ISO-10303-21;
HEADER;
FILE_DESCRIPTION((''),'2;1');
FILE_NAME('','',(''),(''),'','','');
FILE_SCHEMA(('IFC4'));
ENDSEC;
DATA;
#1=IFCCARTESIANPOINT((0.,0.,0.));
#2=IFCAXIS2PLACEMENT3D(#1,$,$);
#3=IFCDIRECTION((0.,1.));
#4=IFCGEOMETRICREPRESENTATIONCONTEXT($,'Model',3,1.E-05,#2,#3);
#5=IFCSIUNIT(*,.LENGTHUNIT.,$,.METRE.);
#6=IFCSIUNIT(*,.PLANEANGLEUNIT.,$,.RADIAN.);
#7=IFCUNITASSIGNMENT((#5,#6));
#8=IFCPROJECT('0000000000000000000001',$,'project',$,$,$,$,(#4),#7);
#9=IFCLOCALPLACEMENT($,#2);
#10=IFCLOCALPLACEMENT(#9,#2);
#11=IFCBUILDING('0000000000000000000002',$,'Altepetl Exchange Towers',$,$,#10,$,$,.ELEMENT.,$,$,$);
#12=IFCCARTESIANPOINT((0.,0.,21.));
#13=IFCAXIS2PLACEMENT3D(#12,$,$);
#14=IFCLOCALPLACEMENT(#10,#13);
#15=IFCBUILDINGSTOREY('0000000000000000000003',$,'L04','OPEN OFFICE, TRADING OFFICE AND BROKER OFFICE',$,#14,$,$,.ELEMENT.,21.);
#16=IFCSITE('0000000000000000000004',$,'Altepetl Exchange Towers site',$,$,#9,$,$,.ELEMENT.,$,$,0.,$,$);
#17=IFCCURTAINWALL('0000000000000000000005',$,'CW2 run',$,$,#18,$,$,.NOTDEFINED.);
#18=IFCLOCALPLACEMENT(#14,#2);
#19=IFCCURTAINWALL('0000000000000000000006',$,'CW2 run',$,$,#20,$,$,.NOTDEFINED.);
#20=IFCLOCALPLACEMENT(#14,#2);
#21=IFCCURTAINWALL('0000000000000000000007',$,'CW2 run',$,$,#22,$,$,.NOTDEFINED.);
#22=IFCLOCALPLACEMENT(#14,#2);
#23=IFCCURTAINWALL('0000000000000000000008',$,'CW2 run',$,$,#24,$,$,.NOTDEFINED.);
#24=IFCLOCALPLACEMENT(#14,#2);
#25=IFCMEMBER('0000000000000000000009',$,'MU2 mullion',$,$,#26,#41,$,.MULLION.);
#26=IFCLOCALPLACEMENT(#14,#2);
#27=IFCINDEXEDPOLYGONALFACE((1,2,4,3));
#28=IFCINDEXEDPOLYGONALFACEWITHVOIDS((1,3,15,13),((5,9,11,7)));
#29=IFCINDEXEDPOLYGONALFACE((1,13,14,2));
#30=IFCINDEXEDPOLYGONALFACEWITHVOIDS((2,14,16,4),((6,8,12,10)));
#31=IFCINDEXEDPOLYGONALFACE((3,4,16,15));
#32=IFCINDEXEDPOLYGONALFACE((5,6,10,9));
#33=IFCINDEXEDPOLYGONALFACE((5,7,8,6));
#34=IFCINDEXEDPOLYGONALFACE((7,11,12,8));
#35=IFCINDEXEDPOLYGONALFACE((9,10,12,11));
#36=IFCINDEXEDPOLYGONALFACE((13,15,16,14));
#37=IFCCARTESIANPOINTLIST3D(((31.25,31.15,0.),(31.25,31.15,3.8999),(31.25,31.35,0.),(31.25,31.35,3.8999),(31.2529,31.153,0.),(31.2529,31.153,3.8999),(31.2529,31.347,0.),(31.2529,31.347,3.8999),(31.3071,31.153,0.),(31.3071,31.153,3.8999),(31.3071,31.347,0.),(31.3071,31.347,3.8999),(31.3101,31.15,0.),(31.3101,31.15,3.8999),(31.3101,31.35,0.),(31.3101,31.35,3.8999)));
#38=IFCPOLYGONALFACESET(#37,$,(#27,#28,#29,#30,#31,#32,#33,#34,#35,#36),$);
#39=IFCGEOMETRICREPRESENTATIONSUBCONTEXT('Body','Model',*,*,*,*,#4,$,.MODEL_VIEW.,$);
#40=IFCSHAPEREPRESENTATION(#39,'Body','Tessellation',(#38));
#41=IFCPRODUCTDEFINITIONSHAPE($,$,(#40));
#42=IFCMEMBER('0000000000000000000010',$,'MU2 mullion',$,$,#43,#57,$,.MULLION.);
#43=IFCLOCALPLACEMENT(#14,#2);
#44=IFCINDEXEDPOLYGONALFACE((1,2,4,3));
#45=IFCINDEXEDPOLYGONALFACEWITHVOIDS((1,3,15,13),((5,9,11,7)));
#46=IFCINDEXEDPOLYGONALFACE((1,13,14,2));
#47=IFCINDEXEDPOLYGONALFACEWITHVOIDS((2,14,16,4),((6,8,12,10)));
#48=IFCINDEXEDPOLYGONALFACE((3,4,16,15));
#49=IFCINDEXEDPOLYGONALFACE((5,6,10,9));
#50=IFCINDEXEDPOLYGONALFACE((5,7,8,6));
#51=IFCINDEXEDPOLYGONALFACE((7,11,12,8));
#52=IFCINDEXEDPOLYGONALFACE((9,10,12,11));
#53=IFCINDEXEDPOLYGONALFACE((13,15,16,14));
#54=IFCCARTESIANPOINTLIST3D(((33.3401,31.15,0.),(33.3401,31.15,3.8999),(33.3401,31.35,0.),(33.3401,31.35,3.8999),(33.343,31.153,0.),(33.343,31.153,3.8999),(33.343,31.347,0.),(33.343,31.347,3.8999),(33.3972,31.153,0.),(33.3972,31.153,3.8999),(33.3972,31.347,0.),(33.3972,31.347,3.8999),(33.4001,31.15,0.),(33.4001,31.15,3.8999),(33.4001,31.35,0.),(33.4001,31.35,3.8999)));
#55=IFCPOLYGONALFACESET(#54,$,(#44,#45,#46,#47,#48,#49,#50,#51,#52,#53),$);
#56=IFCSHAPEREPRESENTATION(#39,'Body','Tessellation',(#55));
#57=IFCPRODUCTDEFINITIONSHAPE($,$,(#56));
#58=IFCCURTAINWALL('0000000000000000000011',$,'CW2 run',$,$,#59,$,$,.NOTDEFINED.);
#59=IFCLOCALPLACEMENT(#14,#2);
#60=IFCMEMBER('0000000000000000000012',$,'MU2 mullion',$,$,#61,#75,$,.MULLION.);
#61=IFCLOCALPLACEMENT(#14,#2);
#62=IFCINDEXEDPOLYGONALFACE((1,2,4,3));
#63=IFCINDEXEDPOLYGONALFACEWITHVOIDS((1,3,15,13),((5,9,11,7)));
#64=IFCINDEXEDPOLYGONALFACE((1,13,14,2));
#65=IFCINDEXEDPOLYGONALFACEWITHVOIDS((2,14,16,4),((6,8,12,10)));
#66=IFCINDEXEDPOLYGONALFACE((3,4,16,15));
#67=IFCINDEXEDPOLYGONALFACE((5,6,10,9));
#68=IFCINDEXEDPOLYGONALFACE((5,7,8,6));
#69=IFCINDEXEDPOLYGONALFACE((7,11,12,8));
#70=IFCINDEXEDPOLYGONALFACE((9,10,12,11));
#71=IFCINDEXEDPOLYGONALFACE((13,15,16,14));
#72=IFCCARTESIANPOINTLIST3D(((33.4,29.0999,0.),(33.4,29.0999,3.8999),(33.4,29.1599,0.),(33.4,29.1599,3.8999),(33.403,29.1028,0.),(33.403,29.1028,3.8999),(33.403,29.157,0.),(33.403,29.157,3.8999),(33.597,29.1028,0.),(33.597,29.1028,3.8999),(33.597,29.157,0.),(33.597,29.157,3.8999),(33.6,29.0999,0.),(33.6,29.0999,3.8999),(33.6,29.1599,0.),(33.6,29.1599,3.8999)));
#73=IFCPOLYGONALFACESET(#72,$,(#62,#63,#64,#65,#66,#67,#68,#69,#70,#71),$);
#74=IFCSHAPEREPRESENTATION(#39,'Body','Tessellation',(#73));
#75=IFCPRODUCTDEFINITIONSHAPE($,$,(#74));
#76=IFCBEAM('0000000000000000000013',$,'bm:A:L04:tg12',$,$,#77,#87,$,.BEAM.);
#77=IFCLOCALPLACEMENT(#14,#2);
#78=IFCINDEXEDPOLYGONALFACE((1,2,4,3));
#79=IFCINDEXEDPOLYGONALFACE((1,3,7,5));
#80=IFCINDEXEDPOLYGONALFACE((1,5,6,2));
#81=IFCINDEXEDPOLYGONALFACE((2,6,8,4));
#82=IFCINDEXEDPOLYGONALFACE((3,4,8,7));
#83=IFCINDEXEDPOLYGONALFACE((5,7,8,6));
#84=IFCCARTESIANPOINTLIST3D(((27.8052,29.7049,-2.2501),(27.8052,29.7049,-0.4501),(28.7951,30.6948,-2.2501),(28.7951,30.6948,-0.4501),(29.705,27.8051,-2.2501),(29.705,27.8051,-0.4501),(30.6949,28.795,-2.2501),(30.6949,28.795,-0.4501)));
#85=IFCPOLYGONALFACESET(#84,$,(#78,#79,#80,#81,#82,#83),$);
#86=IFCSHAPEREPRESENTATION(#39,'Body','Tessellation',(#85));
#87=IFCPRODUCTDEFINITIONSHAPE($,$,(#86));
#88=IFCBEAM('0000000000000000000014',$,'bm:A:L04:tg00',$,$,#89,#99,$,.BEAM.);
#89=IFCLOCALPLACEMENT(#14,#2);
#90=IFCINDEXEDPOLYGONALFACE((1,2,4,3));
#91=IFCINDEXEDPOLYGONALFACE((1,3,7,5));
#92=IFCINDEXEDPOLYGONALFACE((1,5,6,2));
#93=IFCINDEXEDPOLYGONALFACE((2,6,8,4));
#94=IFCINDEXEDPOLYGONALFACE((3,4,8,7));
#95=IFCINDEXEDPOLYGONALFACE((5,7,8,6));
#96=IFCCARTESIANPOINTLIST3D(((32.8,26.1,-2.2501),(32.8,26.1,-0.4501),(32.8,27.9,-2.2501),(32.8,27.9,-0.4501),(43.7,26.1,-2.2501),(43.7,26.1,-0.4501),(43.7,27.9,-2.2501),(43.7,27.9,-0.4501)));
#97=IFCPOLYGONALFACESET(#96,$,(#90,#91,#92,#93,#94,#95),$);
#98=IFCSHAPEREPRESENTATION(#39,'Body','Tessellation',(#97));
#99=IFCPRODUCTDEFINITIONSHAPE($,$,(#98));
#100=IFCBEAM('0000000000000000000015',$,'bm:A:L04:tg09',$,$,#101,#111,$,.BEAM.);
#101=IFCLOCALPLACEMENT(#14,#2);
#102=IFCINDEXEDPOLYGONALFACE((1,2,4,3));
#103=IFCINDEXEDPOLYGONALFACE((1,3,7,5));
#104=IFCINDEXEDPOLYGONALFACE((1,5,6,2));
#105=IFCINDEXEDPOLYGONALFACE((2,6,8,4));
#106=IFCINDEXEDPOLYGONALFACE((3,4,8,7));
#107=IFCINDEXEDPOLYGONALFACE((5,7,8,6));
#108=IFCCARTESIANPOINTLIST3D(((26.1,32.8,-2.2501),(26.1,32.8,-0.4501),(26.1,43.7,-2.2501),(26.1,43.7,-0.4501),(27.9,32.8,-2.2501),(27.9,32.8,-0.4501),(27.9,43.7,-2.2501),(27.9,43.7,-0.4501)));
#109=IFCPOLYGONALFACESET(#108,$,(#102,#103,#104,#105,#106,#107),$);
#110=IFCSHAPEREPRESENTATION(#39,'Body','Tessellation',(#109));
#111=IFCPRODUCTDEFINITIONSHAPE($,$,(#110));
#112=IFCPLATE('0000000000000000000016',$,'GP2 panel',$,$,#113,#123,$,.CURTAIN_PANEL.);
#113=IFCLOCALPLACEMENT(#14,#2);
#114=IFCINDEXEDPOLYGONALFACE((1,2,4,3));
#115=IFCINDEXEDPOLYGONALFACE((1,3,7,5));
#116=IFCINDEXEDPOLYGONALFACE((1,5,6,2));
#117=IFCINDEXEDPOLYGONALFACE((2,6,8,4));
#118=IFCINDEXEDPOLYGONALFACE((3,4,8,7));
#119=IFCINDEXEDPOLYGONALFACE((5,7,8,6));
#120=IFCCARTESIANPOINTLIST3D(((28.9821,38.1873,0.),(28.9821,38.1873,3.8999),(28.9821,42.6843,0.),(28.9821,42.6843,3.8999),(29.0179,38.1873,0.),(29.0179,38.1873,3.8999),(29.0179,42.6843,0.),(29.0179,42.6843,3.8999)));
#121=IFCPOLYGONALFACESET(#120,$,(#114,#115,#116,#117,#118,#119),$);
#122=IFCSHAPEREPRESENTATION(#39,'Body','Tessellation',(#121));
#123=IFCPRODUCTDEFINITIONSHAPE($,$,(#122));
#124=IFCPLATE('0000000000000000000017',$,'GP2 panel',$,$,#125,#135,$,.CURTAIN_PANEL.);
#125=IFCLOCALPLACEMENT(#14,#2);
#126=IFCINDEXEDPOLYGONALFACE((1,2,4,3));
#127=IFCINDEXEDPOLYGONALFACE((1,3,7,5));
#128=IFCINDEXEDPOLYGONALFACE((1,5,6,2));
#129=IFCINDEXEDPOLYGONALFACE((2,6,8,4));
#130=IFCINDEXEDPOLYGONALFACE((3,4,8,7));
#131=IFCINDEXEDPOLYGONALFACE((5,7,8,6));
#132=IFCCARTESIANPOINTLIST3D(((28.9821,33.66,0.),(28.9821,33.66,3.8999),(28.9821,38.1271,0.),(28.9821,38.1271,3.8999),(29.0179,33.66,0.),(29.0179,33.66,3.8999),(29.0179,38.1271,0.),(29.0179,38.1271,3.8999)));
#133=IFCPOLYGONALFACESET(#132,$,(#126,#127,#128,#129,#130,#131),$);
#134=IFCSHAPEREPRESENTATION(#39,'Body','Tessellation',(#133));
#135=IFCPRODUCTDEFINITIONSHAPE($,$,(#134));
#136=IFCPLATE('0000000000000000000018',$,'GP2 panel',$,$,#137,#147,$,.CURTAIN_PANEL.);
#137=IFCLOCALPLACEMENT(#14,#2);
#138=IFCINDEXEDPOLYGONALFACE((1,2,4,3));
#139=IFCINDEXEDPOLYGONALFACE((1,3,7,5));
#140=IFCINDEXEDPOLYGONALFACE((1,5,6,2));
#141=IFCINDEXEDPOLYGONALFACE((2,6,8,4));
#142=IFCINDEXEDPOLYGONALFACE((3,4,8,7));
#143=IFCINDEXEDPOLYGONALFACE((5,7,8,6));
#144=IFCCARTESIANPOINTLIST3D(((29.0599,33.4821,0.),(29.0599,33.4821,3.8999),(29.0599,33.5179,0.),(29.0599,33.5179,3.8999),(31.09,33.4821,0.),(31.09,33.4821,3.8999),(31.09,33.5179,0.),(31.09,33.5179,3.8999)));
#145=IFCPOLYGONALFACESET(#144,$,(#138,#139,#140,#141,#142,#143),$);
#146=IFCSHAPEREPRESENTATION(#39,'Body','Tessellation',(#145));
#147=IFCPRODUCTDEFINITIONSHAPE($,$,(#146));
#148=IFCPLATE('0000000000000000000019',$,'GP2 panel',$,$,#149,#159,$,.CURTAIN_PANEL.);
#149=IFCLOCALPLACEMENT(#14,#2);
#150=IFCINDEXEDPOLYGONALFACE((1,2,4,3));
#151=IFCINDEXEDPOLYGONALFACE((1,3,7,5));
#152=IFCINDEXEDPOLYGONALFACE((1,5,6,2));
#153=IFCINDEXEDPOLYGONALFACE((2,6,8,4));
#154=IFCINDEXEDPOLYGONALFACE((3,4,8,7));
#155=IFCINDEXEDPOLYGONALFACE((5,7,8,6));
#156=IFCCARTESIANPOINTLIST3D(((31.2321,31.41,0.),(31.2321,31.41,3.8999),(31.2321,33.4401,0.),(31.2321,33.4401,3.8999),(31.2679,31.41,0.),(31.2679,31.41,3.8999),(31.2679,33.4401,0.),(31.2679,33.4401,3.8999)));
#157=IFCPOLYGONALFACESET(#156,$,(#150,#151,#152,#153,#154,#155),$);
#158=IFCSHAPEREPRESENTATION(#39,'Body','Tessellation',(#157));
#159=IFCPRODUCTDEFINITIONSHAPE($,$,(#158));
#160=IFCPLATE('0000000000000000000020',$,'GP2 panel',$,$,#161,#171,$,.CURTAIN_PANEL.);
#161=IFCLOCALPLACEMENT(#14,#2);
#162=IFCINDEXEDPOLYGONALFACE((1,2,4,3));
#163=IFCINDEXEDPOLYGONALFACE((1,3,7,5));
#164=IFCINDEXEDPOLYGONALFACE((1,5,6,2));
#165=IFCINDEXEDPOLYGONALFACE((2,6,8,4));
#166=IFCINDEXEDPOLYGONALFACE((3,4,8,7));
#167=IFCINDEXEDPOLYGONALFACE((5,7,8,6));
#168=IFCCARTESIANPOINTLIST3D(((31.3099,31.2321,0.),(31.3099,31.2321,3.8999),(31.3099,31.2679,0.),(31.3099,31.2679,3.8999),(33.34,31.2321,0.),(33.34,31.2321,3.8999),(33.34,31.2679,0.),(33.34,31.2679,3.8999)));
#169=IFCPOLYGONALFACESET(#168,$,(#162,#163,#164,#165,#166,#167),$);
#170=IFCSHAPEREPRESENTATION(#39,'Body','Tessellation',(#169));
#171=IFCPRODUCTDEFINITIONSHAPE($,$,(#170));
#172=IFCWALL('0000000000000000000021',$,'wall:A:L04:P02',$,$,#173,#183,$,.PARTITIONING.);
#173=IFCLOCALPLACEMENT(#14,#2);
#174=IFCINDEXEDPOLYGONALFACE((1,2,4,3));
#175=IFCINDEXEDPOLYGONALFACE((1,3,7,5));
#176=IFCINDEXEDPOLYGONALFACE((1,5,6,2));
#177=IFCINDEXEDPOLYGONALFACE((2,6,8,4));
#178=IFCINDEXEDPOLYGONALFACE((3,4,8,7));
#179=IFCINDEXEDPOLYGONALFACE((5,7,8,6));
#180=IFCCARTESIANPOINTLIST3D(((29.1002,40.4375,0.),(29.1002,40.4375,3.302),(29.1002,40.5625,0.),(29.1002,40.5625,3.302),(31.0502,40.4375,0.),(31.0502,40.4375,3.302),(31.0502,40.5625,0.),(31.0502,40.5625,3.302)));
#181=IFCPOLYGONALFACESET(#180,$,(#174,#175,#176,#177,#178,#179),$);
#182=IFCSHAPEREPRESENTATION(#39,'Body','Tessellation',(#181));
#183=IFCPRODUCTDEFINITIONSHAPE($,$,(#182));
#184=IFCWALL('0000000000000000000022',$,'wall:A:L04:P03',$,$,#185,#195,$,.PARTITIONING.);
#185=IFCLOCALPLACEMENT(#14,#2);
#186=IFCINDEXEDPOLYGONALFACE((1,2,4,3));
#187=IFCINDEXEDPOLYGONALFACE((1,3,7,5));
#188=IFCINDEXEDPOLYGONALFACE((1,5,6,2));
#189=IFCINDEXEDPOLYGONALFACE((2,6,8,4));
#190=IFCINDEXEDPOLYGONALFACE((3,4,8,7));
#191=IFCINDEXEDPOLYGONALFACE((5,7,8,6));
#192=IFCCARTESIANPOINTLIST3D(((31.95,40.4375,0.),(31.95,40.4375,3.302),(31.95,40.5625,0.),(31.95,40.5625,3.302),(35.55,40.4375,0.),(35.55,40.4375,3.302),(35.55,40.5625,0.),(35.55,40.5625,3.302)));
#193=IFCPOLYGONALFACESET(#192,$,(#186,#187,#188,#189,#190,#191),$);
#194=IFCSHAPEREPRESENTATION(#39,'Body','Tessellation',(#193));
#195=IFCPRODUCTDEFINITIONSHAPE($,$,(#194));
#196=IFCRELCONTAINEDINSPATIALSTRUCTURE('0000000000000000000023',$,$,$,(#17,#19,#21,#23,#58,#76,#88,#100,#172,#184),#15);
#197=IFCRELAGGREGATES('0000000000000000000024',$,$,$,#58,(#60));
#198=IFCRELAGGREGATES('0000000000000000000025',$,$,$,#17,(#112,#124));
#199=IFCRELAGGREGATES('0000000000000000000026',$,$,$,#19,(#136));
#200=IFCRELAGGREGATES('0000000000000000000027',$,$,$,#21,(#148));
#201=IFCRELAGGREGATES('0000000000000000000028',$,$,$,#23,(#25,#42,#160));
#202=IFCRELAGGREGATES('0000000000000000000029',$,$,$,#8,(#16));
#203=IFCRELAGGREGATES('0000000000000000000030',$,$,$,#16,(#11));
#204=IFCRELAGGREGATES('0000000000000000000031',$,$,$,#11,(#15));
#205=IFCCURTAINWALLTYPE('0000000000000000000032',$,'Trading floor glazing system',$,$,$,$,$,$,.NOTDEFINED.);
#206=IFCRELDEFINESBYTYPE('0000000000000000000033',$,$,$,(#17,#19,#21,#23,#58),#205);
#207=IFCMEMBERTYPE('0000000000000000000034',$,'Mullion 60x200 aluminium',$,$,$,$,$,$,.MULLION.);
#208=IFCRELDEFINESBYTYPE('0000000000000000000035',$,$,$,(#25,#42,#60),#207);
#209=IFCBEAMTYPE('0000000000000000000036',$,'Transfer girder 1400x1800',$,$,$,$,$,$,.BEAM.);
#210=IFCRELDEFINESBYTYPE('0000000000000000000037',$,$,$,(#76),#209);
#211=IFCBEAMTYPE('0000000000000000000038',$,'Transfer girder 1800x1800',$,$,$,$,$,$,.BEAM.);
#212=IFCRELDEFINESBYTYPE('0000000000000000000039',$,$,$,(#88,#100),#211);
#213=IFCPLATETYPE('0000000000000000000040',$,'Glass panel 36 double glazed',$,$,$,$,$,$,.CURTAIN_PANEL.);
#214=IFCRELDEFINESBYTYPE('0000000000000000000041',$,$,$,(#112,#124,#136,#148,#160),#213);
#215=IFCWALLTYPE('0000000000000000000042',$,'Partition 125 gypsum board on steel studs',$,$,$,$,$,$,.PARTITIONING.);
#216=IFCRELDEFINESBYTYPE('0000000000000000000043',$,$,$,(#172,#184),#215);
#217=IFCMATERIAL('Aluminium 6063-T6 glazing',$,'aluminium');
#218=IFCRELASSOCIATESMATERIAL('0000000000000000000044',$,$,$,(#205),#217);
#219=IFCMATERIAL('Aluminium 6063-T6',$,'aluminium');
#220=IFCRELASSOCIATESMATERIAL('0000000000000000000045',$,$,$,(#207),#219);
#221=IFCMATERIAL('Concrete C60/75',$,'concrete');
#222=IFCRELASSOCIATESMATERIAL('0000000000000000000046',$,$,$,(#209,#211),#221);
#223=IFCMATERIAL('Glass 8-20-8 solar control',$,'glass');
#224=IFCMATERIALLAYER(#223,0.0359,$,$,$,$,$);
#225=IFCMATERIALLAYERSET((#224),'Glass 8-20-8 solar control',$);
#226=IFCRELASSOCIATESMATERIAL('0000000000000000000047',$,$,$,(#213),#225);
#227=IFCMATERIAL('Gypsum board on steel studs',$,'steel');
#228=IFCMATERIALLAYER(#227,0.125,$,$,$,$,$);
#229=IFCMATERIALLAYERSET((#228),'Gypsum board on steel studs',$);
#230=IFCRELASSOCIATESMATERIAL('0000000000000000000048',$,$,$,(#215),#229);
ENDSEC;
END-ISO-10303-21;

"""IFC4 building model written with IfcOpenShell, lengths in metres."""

from ifc_helpers import new_model, si_unit, direction, frame, frame_2d, origin, origin_2d, place, context, subcontext, project, spatial, rectangle, hollow_rectangle, extrude, material, layer, layer_set, material_profile, profile_set, type_object, element, aggregate, save


model = new_model("IFC4")

# Units and contexts
model_context = context("Model", 3, precision=1e-05, world=origin(), true_north=direction((0.0, 1.0)))
body_context = subcontext(model_context, "Body", "Model", "MODEL_VIEW")
ifc_project = project(units=[si_unit("LENGTHUNIT", "METRE"), si_unit("PLANEANGLEUNIT", "RADIAN")], contexts=[model_context])

# Site, building, storey
site_placement = place(None, origin())
site = spatial("IfcSite", under=ifc_project, at=site_placement, Name="Altepetl Exchange Towers site", CompositionType="ELEMENT", RefElevation=0.0)
building_placement = place(site_placement, origin())
building = spatial("IfcBuilding", under=site, at=building_placement, Name="Altepetl Exchange Towers", CompositionType="ELEMENT")
storey_placement = place(building_placement, frame((0.0, 0.0, 21.0)))
storey = spatial("IfcBuildingStorey", under=building, at=storey_placement, Name="L04", Description="OPEN OFFICE, TRADING OFFICE AND BROKER OFFICE", CompositionType="ELEMENT", Elevation=21.0)

# Curtain walls, members
ifc_material_1 = material(Name="Aluminium 6063-T6 glazing", Category="aluminium")
curtain_wall_type = type_object("IfcCurtainWallType", Name="Trading floor glazing system", PredefinedType="NOTDEFINED", material=ifc_material_1)
curtain_wall_1_placement = place(storey_placement, origin())
curtain_wall_1 = element("IfcCurtainWall", 1, at=curtain_wall_1_placement, inside=storey, type_object=curtain_wall_type, Name="CW2 run", PredefinedType="NOTDEFINED")
ifc_material_2 = material(Name="Aluminium 6063-T6", Category="aluminium")
ifc_material_profile_1 = material_profile(ifc_material_2, hollow_rectangle(XDim=0.0601, YDim=0.2, WallThickness=0.0029, at=origin_2d()), Name="Mullion 60x200 aluminium")
ifc_profile_set_1 = profile_set([ifc_material_profile_1], Name="Aluminium 6063-T6")
member_type = type_object("IfcMemberType", Name="Mullion 60x200 aluminium", PredefinedType="MULLION", material=ifc_profile_set_1)
curtain_wall_2_placement = place(storey_placement, origin())
curtain_wall_2 = element("IfcCurtainWall", 2, at=curtain_wall_2_placement, inside=storey, type_object=curtain_wall_type, Name="CW2 run", PredefinedType="NOTDEFINED")
curtain_wall_3_placement = place(storey_placement, origin())
curtain_wall_3 = element("IfcCurtainWall", 3, at=curtain_wall_3_placement, inside=storey, type_object=curtain_wall_type, Name="CW2 run", PredefinedType="NOTDEFINED")
curtain_wall_4_placement = place(storey_placement, origin())
curtain_wall_4 = element("IfcCurtainWall", 4, at=curtain_wall_4_placement, inside=storey, type_object=curtain_wall_type, Name="CW2 run", PredefinedType="NOTDEFINED")
member_1_placement = place(storey_placement, frame((31.28, 31.25, 0.0)))
member_1 = element("IfcMember", 5, at=member_1_placement, type_object=member_type, Name="MU2 mullion", PredefinedType="MULLION", context=body_context, shape_type="SweptSolid", body=[
    extrude(hollow_rectangle(XDim=0.0601, YDim=0.2, WallThickness=0.0029, at=origin_2d()), origin(), (0.0, 0.0, 1.0), 3.8999),
])
member_2_placement = place(storey_placement, frame((33.3701, 31.25, 0.0)))
member_2 = element("IfcMember", 6, at=member_2_placement, type_object=member_type, Name="MU2 mullion", PredefinedType="MULLION", context=body_context, shape_type="SweptSolid", body=[
    extrude(hollow_rectangle(XDim=0.0601, YDim=0.2, WallThickness=0.0029, at=origin_2d()), origin(), (0.0, 0.0, 1.0), 3.8999),
])

# Curtain wall, member
curtain_wall_5_placement = place(storey_placement, origin())
curtain_wall_5 = element("IfcCurtainWall", 7, at=curtain_wall_5_placement, inside=storey, type_object=curtain_wall_type, Name="CW2 run", PredefinedType="NOTDEFINED")
member_3_placement = place(storey_placement, frame((33.5, 29.1299, 0.0), z_axis=(0.0, 0.0, 1.0), x_axis=(0.0, -1.0, 0.0)))
member_3 = element("IfcMember", 8, at=member_3_placement, type_object=member_type, Name="MU2 mullion", PredefinedType="MULLION", context=body_context, shape_type="SweptSolid", body=[
    extrude(hollow_rectangle(XDim=0.0601, YDim=0.2, WallThickness=0.0029, at=origin_2d()), origin(), (0.0, 0.0, 1.0), 3.8999),
])
aggregate(curtain_wall_5, [member_3])

# Beams
ifc_material_3 = material(Name="Concrete C60/75", Category="concrete")
ifc_material_profile_2 = material_profile(ifc_material_3, rectangle(XDim=1.3999, YDim=1.8, at=origin_2d()), Name="1400 x 1800")
ifc_profile_set_2 = profile_set([ifc_material_profile_2], Name="Concrete C60/75")
beam_type_1 = type_object("IfcBeamType", Name="Transfer girder 1400x1800", PredefinedType="BEAM", material=ifc_profile_set_2)
beam_placement = place(storey_placement, frame((30.2, 28.3, -1.3501), z_axis=(-0.707107, 0.707107, 0.0), x_axis=(-0.707107, -0.707107, 0.0)))
element("IfcBeam", 9, at=beam_placement, inside=storey, type_object=beam_type_1, Name="bm:A:L04:tg12", PredefinedType="BEAM", context=body_context, shape_type="SweptSolid", body=[
    extrude(rectangle(XDim=1.3999, YDim=1.8, at=origin_2d()), origin(), (0.0, 0.0, 1.0), 2.6868),
])
ifc_material_profile_3 = material_profile(ifc_material_3, rectangle(XDim=1.8, YDim=1.8, at=origin_2d()), Name="1800 x 1800")
ifc_profile_set_3 = profile_set([ifc_material_profile_3], Name="Concrete C60/75")
beam_type_2 = type_object("IfcBeamType", Name="Transfer girder 1800x1800", PredefinedType="BEAM", material=ifc_profile_set_3)
for number, where, z_axis, x_axis, name in (
    (10, (32.8, 27.0, -1.3501), (1.0, 0.0, 0.0), (0.0, 1.0, 0.0), "bm:A:L04:tg00"),
    (11, (27.0, 32.8, -1.3501), (0.0, 1.0, 0.0), (-1.0, 0.0, 0.0), "bm:A:L04:tg09"),
):
    element("IfcBeam", number, at=place(storey_placement, frame(where, z_axis=z_axis, x_axis=x_axis)), inside=storey, type_object=beam_type_2, Name=name, PredefinedType="BEAM", context=body_context, shape_type="SweptSolid", body=[
        extrude(rectangle(XDim=1.8, YDim=1.8, at=origin_2d()), origin(), (0.0, 0.0, 1.0), 10.8999),
    ])

# Plates
ifc_material_4 = material(Name="Glass 8-20-8 solar control", Category="glass")
ifc_layer_1 = layer(ifc_material_4, 0.0359)
ifc_layer_set_1 = layer_set([ifc_layer_1], Name="Glass 8-20-8 solar control")
plate_type = type_object("IfcPlateType", Name="Glass panel 36 double glazed", PredefinedType="CURTAIN_PANEL", material=ifc_layer_set_1)
plate_1_placement = place(storey_placement, frame((29.0, 40.4358, 0.0), z_axis=(0.0, 0.0, 1.0), x_axis=(0.0, -1.0, 0.0)))
plate_1 = element("IfcPlate", 12, at=plate_1_placement, type_object=plate_type, Name="GP2 panel", PredefinedType="CURTAIN_PANEL", context=body_context, shape_type="SweptSolid", body=[
    extrude(rectangle(XDim=4.4971, YDim=0.0359, at=origin_2d()), origin(), (0.0, 0.0, 1.0), 3.8999),
])
plate_2_placement = place(storey_placement, frame((29.0, 35.8936, 0.0), z_axis=(0.0, 0.0, 1.0), x_axis=(0.0, -1.0, 0.0)))
plate_2 = element("IfcPlate", 13, at=plate_2_placement, type_object=plate_type, Name="GP2 panel", PredefinedType="CURTAIN_PANEL", context=body_context, shape_type="SweptSolid", body=[
    extrude(rectangle(XDim=4.467, YDim=0.0359, at=origin_2d()), origin(), (0.0, 0.0, 1.0), 3.8999),
])
aggregate(curtain_wall_1, [plate_1, plate_2])
plate_3_placement = place(storey_placement, frame((30.075, 33.5, 0.0)))
plate_3 = element("IfcPlate", 14, at=plate_3_placement, type_object=plate_type, Name="GP2 panel", PredefinedType="CURTAIN_PANEL", context=body_context, shape_type="SweptSolid", body=[
    extrude(rectangle(XDim=2.03, YDim=0.0359, at=origin_2d()), origin(), (0.0, 0.0, 1.0), 3.8999),
])
aggregate(curtain_wall_2, [plate_3])
plate_4_placement = place(storey_placement, frame((31.25, 32.425, 0.0), z_axis=(0.0, 0.0, 1.0), x_axis=(0.0, -1.0, 0.0)))
plate_4 = element("IfcPlate", 15, at=plate_4_placement, type_object=plate_type, Name="GP2 panel", PredefinedType="CURTAIN_PANEL", context=body_context, shape_type="SweptSolid", body=[
    extrude(rectangle(XDim=2.03, YDim=0.0359, at=origin_2d()), origin(), (0.0, 0.0, 1.0), 3.8999),
])
aggregate(curtain_wall_3, [plate_4])
plate_5_placement = place(storey_placement, frame((32.325, 31.25, 0.0)))
plate_5 = element("IfcPlate", 16, at=plate_5_placement, type_object=plate_type, Name="GP2 panel", PredefinedType="CURTAIN_PANEL", context=body_context, shape_type="SweptSolid", body=[
    extrude(rectangle(XDim=2.03, YDim=0.0359, at=origin_2d()), origin(), (0.0, 0.0, 1.0), 3.8999),
])
aggregate(curtain_wall_4, [member_1, member_2, plate_5])

# Walls
ifc_material_5 = material(Name="Gypsum board on steel studs", Category="steel")
ifc_layer_2 = layer(ifc_material_5, 0.125)
ifc_layer_set_2 = layer_set([ifc_layer_2], Name="Gypsum board on steel studs")
wall_type = type_object("IfcWallType", Name="Partition 125 gypsum board on steel studs", PredefinedType="PARTITIONING", material=ifc_layer_set_2)
wall_1_placement = place(storey_placement, frame((29.1001, 40.5, 0.0)))
element("IfcWall", 17, at=wall_1_placement, inside=storey, type_object=wall_type, Name="wall:A:L04:P02", PredefinedType="PARTITIONING", context=body_context, shape_type="SweptSolid", body=[
    extrude(rectangle(XDim=1.95, YDim=0.125, at=frame_2d((0.9751, 0.0))), origin(), (0.0, 0.0, 1.0), 3.302),
])
wall_2_placement = place(storey_placement, frame((31.95, 40.5, 0.0)))
element("IfcWall", 18, at=wall_2_placement, inside=storey, type_object=wall_type, Name="wall:A:L04:P03", PredefinedType="PARTITIONING", context=body_context, shape_type="SweptSolid", body=[
    extrude(rectangle(XDim=3.6001, YDim=0.125, at=frame_2d((1.8, 0.0))), origin(), (0.0, 0.0, 1.0), 3.302),
])

save(model, "model.ifc")
